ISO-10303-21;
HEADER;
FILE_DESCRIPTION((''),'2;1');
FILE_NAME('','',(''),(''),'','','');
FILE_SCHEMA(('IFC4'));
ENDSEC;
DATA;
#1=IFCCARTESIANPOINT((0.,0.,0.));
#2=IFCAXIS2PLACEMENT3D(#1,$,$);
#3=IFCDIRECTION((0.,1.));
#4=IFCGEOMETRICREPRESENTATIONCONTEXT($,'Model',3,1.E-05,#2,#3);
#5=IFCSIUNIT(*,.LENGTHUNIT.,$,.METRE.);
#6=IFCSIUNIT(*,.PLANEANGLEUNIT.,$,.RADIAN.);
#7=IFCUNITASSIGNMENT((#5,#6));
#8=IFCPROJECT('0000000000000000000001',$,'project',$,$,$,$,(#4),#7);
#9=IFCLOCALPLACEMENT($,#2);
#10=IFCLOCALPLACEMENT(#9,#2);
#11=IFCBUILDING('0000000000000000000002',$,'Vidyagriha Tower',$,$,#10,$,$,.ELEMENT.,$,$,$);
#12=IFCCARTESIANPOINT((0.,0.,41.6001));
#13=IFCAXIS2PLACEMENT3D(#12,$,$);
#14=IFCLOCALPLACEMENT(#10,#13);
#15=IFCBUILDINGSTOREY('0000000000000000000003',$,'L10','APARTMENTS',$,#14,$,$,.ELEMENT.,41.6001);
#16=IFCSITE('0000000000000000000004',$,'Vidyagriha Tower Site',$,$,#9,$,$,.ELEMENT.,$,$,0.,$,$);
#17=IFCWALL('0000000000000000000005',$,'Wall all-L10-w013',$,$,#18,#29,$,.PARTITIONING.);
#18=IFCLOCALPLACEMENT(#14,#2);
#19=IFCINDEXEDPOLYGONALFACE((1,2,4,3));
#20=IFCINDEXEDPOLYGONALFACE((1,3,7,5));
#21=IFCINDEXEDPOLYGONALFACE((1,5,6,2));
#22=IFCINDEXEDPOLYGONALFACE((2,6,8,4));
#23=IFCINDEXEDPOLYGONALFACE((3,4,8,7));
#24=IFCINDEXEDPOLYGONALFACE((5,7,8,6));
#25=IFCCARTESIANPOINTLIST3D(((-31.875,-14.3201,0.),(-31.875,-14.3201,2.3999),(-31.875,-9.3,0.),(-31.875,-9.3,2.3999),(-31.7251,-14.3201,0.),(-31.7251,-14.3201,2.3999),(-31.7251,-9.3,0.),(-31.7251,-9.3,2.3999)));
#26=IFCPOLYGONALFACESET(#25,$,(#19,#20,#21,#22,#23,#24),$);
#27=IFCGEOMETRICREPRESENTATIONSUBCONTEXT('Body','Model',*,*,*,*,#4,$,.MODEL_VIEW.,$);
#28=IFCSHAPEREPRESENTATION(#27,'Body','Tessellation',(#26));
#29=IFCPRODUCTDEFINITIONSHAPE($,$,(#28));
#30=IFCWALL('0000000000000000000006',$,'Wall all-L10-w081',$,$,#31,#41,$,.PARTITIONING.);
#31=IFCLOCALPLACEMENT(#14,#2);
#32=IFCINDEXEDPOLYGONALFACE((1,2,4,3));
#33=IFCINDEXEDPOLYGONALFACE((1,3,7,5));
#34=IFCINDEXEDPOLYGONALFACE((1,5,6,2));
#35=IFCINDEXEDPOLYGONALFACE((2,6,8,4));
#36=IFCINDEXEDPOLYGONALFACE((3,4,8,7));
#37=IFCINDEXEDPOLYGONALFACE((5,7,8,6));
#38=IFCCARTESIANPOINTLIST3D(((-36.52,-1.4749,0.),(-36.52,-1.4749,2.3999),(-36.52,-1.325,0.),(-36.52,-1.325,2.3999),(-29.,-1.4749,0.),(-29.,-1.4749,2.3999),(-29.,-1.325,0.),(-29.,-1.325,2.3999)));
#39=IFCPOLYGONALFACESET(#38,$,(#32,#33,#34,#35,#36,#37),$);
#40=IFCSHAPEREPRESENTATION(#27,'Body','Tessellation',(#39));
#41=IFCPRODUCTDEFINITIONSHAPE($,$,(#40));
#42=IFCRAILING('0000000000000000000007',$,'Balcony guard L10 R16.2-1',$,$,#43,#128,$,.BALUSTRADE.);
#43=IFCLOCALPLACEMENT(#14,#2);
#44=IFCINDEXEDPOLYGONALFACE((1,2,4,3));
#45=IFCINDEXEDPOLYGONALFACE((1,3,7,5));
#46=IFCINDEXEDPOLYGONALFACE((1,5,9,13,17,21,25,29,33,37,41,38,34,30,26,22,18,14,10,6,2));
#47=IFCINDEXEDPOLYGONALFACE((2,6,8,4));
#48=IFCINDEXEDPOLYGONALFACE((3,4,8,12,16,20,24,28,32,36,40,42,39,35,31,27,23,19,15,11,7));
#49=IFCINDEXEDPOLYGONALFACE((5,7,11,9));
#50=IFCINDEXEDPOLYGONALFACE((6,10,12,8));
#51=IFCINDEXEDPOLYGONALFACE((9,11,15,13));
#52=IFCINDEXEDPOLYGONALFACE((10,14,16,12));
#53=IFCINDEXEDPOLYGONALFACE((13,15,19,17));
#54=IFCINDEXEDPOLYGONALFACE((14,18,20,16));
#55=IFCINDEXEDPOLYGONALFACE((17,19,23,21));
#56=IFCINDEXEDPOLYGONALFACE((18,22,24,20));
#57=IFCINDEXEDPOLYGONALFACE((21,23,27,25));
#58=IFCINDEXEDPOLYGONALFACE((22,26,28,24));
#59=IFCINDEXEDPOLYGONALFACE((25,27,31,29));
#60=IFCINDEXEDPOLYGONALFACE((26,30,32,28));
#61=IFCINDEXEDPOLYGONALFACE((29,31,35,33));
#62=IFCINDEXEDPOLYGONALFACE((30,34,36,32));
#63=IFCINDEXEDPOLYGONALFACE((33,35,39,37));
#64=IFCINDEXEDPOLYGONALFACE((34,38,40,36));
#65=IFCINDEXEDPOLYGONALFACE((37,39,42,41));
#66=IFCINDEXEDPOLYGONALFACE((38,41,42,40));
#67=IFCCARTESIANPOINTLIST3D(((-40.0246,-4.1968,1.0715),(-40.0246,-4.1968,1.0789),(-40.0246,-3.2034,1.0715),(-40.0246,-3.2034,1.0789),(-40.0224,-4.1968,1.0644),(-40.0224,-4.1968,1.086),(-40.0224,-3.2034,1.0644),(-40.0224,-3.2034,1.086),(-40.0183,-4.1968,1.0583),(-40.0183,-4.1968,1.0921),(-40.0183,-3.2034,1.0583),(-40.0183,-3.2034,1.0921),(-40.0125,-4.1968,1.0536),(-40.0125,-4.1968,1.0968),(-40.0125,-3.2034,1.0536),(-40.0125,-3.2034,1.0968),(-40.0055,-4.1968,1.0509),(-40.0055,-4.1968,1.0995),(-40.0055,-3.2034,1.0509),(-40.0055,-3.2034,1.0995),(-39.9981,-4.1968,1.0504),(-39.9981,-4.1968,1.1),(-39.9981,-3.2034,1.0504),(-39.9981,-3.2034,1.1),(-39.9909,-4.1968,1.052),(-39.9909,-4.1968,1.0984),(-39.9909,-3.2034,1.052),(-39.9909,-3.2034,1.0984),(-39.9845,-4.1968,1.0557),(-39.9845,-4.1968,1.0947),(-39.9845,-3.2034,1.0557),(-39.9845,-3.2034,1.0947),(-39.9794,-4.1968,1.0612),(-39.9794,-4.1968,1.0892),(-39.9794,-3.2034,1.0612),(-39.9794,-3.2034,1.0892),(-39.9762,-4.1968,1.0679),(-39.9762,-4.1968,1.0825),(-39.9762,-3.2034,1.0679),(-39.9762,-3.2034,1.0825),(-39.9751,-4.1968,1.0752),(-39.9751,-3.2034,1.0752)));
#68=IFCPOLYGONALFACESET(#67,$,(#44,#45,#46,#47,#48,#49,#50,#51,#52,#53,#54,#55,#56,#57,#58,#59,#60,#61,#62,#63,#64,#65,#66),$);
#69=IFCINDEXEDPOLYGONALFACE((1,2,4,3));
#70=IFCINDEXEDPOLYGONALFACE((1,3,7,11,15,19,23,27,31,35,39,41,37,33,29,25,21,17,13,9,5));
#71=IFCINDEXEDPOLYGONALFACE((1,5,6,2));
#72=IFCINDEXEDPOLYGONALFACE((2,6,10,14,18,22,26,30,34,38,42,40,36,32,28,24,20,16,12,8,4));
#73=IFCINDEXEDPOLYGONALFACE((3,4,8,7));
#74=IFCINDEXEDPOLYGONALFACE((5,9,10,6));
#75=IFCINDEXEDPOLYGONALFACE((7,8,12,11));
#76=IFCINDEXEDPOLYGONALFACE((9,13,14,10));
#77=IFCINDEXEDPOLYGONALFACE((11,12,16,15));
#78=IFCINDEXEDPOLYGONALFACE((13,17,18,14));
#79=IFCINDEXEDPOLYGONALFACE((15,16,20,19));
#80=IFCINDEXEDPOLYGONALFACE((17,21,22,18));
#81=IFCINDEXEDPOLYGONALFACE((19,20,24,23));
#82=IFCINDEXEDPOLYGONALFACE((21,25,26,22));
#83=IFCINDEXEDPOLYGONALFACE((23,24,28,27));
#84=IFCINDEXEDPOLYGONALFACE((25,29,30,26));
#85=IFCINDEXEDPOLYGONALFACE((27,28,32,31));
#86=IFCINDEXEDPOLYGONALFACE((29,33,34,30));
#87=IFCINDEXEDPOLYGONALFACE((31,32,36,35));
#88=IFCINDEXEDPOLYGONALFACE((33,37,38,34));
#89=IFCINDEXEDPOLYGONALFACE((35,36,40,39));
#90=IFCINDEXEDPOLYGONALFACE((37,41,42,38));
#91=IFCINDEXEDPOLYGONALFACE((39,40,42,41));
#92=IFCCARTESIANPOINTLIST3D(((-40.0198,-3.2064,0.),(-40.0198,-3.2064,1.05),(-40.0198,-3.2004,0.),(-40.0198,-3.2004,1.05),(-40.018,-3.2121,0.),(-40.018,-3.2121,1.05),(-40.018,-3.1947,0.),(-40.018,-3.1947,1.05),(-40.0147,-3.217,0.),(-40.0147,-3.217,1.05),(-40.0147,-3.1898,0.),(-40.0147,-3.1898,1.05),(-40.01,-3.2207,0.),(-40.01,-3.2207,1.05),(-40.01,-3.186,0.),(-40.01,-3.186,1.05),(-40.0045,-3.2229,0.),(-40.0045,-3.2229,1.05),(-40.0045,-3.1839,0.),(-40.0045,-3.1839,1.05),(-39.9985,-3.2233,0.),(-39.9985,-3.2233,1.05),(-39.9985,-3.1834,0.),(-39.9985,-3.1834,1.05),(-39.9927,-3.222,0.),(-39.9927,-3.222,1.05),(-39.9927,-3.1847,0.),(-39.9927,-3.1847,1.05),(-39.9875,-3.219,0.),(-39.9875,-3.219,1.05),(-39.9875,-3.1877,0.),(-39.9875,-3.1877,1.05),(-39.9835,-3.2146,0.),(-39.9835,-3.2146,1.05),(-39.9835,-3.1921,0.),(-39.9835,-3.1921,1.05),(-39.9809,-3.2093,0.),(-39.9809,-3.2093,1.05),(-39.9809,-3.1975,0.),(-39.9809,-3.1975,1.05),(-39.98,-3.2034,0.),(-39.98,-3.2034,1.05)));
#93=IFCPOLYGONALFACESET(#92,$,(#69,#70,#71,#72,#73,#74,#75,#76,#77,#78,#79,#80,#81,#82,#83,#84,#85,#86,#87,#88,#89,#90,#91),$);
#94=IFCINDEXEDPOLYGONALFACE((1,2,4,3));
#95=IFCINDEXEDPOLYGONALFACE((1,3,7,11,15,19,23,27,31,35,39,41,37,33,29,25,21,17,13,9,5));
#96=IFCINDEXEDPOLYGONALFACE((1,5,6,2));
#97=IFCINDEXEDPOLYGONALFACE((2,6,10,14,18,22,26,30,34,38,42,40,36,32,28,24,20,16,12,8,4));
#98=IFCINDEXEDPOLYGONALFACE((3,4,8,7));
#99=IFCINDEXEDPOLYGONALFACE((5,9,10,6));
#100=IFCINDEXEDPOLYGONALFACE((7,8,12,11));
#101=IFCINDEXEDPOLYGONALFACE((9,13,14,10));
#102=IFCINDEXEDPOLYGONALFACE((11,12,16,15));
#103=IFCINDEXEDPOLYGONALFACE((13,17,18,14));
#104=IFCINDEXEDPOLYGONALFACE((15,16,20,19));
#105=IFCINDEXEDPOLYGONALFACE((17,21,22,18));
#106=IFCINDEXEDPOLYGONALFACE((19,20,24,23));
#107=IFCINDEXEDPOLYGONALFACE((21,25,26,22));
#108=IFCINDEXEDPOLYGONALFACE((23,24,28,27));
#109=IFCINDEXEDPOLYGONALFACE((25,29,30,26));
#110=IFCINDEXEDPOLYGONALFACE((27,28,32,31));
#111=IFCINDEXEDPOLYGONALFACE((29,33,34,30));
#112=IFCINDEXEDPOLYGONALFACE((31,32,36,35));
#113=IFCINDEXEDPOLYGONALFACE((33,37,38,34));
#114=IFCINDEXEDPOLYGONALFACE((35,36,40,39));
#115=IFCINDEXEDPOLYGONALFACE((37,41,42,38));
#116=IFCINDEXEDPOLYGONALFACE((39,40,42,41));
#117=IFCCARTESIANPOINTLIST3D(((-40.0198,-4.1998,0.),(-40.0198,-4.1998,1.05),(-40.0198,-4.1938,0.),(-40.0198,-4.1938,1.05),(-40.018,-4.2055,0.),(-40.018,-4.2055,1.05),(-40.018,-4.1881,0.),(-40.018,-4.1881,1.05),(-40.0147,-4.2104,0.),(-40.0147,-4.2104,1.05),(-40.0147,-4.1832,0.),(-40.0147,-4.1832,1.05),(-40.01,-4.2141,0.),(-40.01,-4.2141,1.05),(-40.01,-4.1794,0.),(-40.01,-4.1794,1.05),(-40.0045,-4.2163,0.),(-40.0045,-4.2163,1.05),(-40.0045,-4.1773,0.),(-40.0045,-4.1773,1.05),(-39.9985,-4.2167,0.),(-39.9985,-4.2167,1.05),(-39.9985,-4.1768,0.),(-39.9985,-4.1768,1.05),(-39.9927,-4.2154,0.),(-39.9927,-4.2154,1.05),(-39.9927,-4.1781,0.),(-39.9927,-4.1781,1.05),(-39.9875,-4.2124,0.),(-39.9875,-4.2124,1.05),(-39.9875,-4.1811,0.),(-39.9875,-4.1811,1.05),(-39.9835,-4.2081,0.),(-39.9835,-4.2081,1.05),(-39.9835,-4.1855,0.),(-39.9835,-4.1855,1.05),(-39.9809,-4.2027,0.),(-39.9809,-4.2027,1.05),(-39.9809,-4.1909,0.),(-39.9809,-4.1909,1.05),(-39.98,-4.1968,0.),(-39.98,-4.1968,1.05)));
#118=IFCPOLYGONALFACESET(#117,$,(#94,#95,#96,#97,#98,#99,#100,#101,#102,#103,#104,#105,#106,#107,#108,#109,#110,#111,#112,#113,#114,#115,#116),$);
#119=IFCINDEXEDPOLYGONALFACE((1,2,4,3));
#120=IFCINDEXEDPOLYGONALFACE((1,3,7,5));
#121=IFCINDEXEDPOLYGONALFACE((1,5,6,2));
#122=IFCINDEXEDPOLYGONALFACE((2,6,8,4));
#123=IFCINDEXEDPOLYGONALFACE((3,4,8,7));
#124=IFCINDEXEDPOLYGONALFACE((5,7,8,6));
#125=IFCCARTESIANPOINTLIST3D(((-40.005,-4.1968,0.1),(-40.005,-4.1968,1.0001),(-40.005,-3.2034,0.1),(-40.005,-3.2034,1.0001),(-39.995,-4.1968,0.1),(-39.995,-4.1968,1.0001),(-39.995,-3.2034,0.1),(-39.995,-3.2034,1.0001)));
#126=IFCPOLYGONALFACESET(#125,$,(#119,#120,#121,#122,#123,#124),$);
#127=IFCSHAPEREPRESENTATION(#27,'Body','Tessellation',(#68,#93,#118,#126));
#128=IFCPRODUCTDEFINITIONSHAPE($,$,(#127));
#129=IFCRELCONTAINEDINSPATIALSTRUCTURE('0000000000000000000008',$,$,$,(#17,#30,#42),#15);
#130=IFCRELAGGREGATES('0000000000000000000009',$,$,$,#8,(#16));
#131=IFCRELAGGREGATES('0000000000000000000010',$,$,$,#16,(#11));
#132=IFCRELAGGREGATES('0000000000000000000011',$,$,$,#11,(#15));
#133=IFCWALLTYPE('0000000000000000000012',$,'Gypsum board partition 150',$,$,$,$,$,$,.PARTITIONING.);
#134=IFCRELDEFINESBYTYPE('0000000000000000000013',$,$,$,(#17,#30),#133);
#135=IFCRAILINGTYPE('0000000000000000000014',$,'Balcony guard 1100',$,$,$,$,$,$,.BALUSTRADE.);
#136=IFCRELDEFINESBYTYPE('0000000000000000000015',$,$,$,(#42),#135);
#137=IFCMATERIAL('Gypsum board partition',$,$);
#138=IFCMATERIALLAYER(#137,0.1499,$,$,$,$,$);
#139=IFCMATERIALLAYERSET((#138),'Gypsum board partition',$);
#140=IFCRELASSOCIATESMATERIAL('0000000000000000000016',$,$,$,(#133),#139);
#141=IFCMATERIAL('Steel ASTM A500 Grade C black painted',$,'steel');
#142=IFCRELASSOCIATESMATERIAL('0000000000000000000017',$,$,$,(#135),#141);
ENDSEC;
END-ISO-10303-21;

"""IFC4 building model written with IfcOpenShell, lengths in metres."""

from ifc_helpers import new_model, si_unit, direction, frame, frame_2d, origin, origin_2d, place, context, subcontext, project, spatial, rectangle, circle, extrude, material, layer, layer_set, type_object, element, save


model = new_model("IFC4")

# Units and contexts
model_context = context("Model", 3, precision=1e-05, world=origin(), true_north=direction((0.0, 1.0)))
body_context = subcontext(model_context, "Body", "Model", "MODEL_VIEW")
ifc_project = project(units=[si_unit("LENGTHUNIT", "METRE"), si_unit("PLANEANGLEUNIT", "RADIAN")], contexts=[model_context])

# Site, building, storey
site_placement = place(None, origin())
site = spatial("IfcSite", under=ifc_project, at=site_placement, Name="Vidyagriha Tower Site", CompositionType="ELEMENT", RefElevation=0.0)
building_placement = place(site_placement, origin())
building = spatial("IfcBuilding", under=site, at=building_placement, Name="Vidyagriha Tower", CompositionType="ELEMENT")
storey_placement = place(building_placement, frame((0.0, 0.0, 41.6001)))
storey = spatial("IfcBuildingStorey", under=building, at=storey_placement, Name="L10", Description="APARTMENTS", CompositionType="ELEMENT", Elevation=41.6001)

# Shared definitions
ifc_material_1 = material(Name="Gypsum board partition")
ifc_layer_1 = layer(ifc_material_1, 0.1499)
ifc_layer_set_1 = layer_set([ifc_layer_1], Name="Gypsum board partition")
wall_type_1 = type_object("IfcWallType", Name="Gypsum board partition 150", PredefinedType="PARTITIONING", material=ifc_layer_set_1)

# Walls
wall_1_placement = place(storey_placement, frame((-31.8, -9.3, 0.0), z_axis=(0.0, 0.0, 1.0), x_axis=(0.0, -1.0, 0.0)))
element("IfcWall", 1, at=wall_1_placement, inside=storey, type_object=wall_type_1, Name="Wall all-L10-w013", PredefinedType="PARTITIONING", context=body_context, shape_type="SweptSolid", body=[
    extrude(rectangle(XDim=5.02, YDim=0.1499, at=frame_2d((2.51, 0.0))), origin(), (0.0, 0.0, 1.0), 2.3999),
])
wall_2_placement = place(storey_placement, frame((-29.0, -1.3999, 0.0), z_axis=(0.0, 0.0, 1.0), x_axis=(-1.0, 0.0, 0.0)))
element("IfcWall", 2, at=wall_2_placement, inside=storey, type_object=wall_type_1, Name="Wall all-L10-w081", PredefinedType="PARTITIONING", context=body_context, shape_type="SweptSolid", body=[
    extrude(rectangle(XDim=7.52, YDim=0.1499, at=frame_2d((3.76, 0.0))), origin(), (0.0, 0.0, 1.0), 2.3999),
])

# Railing
ifc_material_2 = material(Name="Steel ASTM A500 Grade C black painted", Category="steel")
railing_type_1 = type_object("IfcRailingType", Name="Balcony guard 1100", PredefinedType="BALUSTRADE", material=ifc_material_2)
railing_1_placement = place(storey_placement, frame((-40.0, -3.2034, 0.0)))
element("IfcRailing", 3, at=railing_1_placement, inside=storey, type_object=railing_type_1, Name="Balcony guard L10 R16.2-1", PredefinedType="BALUSTRADE", context=body_context, shape_type="SweptSolid", body=[
    extrude(circle(Radius=0.0249, at=origin_2d()), frame((0.0, 0.0, 1.0752), z_axis=(0.0, -1.0, 0.0), x_axis=(1.0, 0.0, 0.0)), (0.0, 0.0, 1.0), 0.9934),
    extrude(circle(Radius=0.02, at=origin_2d()), origin(), (0.0, 0.0, 1.0), 1.05),
    extrude(circle(Radius=0.02, at=origin_2d()), frame((0.0, -0.9934, 0.0)), (0.0, 0.0, 1.0), 1.05),
    extrude(rectangle(XDim=0.01, YDim=0.9001, at=origin_2d()), frame((0.0, 0.0, 0.55), z_axis=(0.0, -1.0, 0.0), x_axis=(1.0, 0.0, 0.0)), (0.0, 0.0, 1.0), 0.9934),
])

save(model, "model.ifc")
